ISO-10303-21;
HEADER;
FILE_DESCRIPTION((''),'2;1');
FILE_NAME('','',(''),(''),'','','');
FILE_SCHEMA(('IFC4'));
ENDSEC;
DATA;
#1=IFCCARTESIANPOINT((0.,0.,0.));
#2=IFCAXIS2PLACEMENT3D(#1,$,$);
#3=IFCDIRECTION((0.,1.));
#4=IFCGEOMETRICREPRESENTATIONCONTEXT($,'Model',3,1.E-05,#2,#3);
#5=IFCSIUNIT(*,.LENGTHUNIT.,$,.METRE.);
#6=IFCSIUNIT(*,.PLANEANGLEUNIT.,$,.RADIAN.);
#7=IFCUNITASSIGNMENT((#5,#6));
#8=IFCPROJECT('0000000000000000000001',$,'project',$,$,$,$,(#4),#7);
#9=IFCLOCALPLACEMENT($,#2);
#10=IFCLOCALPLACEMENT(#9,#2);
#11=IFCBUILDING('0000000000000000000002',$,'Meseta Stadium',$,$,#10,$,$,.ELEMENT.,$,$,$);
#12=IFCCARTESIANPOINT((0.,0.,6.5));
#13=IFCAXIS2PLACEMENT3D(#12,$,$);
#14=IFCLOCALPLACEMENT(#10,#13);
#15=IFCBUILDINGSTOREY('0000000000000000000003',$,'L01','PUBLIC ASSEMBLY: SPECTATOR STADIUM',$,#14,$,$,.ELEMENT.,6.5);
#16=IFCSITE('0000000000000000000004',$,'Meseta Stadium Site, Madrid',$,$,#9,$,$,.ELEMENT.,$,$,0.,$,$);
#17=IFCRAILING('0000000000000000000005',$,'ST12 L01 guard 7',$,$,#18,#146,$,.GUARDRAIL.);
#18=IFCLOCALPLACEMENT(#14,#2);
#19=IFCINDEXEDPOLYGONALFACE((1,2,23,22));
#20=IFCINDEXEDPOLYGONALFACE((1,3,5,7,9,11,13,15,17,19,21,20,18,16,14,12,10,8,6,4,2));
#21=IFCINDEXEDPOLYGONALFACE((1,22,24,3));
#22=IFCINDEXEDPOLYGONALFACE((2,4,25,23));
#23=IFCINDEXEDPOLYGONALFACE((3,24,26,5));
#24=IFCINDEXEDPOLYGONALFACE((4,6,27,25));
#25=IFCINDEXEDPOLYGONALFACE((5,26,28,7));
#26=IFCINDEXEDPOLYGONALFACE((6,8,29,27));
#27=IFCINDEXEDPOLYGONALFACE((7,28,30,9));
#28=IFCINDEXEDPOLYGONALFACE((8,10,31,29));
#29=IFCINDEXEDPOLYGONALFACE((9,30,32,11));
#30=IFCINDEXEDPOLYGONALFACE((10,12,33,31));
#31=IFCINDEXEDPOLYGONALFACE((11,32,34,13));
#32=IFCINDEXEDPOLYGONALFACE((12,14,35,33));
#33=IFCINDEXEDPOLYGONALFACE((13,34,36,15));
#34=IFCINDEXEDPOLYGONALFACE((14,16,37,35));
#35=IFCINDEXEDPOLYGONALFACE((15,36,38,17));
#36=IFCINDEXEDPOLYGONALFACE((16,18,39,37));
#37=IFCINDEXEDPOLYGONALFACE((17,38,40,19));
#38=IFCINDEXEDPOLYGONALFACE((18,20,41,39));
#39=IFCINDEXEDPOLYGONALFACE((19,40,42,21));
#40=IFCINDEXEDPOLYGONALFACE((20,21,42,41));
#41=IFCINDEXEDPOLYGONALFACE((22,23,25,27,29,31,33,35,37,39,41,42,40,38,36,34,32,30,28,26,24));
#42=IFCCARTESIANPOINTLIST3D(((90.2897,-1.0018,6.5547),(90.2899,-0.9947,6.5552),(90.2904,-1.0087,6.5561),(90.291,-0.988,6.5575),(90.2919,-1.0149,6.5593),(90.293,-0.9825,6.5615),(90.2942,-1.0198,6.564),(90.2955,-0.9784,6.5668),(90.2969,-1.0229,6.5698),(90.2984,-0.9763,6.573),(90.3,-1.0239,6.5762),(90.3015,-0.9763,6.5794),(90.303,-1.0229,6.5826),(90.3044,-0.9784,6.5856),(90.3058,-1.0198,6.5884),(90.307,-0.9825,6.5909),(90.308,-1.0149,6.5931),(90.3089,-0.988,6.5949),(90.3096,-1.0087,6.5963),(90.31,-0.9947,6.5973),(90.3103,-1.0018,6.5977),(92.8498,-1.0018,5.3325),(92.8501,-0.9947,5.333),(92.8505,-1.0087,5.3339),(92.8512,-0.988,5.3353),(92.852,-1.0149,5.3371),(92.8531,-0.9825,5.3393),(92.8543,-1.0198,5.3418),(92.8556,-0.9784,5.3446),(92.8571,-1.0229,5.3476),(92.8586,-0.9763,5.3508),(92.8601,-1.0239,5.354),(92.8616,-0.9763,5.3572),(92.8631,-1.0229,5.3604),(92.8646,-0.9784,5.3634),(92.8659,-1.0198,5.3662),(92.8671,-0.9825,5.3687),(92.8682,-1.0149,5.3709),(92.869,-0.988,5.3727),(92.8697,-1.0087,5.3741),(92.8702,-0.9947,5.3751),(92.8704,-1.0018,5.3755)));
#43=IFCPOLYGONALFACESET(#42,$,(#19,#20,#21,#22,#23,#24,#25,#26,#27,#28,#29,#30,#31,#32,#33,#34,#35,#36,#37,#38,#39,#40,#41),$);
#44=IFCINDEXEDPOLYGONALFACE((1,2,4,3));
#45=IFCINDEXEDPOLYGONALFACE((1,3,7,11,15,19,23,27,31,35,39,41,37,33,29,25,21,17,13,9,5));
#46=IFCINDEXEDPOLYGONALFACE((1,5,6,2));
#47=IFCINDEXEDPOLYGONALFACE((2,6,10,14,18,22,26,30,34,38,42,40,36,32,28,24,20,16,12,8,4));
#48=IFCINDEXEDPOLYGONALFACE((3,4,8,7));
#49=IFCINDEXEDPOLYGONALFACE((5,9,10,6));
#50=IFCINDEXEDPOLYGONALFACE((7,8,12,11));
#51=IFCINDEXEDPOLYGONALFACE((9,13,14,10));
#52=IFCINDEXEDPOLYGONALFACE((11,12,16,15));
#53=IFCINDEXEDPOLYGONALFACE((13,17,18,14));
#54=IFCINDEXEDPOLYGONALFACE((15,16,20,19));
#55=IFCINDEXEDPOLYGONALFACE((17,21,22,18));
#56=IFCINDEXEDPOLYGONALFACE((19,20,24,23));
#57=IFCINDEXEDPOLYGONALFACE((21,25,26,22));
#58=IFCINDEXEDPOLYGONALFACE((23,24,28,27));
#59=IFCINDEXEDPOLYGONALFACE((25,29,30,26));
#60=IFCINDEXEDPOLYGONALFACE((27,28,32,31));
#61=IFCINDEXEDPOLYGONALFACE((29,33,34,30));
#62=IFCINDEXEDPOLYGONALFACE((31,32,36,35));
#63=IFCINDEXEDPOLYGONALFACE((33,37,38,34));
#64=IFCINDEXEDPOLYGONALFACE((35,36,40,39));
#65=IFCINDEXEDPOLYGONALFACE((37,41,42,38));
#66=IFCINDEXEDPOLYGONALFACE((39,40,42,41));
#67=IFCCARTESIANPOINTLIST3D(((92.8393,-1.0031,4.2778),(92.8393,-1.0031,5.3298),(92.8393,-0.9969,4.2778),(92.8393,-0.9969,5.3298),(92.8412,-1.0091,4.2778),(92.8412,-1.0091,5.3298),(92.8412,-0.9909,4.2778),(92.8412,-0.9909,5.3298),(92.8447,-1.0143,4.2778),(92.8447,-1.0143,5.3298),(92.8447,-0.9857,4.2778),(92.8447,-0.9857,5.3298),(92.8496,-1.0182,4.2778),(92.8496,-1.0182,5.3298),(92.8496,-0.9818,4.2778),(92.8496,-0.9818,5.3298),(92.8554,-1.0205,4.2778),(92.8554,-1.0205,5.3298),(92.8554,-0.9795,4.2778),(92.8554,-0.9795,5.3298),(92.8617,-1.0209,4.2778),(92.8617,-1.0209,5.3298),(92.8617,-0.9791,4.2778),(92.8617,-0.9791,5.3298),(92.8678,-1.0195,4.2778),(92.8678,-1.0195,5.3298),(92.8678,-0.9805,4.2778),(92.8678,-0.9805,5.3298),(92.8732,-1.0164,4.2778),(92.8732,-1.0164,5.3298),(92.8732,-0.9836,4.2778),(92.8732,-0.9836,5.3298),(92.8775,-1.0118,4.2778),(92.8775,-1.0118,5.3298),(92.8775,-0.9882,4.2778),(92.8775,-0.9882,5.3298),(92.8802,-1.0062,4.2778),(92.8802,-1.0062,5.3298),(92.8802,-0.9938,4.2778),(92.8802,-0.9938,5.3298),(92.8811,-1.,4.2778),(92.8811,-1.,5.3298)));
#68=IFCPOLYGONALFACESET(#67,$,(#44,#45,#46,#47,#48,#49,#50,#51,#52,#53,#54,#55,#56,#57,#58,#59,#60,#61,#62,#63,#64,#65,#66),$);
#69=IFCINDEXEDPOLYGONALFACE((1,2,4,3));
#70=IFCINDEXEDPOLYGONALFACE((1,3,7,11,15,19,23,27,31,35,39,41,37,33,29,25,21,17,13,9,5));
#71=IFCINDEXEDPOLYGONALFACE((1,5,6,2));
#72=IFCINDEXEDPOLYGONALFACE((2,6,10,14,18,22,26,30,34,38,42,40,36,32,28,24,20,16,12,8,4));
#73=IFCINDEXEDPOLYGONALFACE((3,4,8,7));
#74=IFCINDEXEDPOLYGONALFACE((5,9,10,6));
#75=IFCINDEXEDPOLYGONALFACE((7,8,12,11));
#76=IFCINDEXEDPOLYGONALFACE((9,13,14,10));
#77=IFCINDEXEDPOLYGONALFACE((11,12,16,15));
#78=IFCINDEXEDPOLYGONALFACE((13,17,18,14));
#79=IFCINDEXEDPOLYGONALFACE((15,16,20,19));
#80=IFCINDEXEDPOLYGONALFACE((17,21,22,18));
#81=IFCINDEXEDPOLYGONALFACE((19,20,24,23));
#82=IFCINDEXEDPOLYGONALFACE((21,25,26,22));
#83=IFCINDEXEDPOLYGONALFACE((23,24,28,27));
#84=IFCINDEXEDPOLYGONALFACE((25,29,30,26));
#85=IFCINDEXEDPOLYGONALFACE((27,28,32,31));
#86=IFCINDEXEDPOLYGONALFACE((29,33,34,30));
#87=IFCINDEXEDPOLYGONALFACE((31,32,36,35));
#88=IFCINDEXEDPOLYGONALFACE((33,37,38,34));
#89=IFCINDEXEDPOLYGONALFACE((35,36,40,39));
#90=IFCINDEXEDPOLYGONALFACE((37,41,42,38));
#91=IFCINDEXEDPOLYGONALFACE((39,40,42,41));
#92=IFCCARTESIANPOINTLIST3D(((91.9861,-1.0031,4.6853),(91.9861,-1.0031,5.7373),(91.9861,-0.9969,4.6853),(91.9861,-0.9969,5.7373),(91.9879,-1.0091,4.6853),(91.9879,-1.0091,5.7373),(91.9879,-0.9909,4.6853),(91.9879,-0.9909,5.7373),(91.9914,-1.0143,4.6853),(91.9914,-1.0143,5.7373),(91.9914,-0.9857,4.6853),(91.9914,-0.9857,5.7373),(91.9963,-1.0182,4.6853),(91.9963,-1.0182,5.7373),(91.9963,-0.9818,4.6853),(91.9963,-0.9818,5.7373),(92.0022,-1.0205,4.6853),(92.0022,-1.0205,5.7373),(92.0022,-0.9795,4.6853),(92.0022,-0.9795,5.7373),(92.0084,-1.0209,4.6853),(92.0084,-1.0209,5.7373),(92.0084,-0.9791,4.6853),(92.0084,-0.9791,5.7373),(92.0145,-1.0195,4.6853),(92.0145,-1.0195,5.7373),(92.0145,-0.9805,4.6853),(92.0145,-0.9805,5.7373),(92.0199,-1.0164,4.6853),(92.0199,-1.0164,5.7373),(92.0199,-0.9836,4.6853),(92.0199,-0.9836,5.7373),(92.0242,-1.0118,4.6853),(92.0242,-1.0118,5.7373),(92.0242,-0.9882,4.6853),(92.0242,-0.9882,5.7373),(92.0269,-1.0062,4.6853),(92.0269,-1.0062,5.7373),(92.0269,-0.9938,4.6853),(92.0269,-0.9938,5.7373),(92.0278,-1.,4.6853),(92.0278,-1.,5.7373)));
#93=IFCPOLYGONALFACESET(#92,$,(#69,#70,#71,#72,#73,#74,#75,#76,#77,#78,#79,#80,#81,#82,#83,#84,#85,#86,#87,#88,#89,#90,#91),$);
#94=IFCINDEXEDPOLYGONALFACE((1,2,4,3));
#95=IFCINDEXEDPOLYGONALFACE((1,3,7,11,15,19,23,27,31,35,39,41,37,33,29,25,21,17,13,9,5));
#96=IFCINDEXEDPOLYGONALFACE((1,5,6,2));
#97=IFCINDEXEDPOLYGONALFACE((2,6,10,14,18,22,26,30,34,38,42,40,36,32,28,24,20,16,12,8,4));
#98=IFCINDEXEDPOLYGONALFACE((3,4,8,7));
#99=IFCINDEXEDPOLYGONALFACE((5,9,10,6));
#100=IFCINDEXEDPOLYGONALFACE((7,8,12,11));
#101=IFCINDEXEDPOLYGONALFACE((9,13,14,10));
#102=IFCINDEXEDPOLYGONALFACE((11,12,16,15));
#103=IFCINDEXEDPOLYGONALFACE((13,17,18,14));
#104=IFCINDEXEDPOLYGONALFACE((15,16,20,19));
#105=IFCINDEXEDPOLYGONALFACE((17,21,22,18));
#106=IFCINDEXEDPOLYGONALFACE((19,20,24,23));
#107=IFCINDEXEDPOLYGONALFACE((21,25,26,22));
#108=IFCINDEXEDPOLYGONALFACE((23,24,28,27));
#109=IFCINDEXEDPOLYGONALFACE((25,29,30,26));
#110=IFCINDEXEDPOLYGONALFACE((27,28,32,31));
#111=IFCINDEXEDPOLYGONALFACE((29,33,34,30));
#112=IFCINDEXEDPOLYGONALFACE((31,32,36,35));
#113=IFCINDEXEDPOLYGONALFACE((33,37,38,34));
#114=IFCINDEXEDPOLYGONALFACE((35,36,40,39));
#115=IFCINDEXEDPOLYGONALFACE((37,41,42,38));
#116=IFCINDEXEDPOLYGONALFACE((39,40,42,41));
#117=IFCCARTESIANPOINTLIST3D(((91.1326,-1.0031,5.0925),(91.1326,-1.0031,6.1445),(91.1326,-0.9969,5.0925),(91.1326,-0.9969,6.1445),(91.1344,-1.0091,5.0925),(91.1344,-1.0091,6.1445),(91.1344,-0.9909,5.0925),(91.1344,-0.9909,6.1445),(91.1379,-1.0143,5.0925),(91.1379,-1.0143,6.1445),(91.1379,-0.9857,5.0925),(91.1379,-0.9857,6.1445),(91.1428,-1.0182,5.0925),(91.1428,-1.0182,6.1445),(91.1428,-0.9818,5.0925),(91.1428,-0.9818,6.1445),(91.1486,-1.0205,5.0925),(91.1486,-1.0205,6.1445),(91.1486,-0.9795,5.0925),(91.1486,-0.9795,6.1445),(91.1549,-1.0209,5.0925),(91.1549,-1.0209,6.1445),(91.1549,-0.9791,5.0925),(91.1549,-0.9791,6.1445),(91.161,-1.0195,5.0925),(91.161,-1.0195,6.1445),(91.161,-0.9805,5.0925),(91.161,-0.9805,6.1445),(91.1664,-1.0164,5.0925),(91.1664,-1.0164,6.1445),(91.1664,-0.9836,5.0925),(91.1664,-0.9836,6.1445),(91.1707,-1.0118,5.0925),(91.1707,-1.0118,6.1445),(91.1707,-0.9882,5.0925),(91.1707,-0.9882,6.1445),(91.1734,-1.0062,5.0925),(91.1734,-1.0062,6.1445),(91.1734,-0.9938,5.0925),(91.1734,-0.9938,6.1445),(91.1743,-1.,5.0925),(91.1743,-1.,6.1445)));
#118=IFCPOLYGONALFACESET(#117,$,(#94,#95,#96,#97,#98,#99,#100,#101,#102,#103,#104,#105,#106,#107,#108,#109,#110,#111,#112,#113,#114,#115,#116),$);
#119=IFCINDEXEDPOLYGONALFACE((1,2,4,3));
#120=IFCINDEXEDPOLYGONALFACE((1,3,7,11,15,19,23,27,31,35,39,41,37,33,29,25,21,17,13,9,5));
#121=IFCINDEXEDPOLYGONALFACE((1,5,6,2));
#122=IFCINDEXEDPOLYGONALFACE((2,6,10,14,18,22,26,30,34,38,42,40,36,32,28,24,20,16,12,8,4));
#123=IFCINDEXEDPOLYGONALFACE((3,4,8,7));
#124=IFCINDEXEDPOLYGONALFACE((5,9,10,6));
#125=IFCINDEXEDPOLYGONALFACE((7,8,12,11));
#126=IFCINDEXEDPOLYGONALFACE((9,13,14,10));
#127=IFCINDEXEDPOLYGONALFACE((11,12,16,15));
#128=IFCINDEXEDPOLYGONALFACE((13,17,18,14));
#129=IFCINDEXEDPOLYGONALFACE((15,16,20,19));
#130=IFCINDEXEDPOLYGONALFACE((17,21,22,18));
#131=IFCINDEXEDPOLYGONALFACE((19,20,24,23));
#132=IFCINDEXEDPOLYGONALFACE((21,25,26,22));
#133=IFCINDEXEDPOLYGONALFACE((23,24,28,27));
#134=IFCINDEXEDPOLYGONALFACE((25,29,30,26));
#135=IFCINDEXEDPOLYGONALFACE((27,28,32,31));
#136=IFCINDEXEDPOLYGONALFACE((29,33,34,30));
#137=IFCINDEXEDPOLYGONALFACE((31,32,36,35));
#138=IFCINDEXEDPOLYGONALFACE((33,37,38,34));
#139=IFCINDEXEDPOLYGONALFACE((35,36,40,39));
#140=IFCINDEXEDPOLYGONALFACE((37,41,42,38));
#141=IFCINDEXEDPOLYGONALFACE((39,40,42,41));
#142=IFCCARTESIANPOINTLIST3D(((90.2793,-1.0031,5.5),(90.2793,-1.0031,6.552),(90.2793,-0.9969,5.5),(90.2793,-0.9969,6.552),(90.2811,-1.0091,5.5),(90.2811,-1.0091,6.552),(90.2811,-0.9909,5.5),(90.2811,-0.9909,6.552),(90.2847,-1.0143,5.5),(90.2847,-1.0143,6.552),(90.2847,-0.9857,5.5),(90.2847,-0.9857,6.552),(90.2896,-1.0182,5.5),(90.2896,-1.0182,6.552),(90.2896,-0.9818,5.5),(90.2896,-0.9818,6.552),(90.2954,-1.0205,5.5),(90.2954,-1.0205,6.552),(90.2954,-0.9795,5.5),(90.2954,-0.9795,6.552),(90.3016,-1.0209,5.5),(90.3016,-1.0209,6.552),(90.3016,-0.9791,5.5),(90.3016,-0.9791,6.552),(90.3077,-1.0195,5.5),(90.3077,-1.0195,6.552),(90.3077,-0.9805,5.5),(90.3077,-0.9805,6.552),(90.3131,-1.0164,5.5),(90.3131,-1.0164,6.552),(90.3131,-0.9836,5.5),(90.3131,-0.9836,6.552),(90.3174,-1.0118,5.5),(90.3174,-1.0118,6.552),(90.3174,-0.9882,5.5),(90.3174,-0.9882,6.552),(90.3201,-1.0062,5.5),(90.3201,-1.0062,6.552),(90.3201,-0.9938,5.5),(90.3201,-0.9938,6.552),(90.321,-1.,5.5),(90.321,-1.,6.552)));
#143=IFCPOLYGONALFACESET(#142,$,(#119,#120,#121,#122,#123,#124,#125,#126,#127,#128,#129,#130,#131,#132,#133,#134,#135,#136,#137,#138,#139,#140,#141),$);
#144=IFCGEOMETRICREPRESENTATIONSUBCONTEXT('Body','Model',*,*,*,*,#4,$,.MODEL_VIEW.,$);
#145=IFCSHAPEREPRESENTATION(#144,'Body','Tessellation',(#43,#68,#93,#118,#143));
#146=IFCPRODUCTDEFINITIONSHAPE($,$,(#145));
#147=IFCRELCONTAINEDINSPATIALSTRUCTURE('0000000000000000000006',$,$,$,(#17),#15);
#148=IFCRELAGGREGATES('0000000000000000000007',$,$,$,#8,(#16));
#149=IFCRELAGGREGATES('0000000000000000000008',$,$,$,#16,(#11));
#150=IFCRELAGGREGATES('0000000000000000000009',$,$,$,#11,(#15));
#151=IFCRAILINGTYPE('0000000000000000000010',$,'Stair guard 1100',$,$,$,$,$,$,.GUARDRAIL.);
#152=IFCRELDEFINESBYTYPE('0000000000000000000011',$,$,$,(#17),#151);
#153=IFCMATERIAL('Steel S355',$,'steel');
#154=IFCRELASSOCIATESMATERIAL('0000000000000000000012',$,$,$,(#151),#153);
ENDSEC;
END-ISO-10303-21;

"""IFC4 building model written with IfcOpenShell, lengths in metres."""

from ifc_helpers import new_model, si_unit, direction, frame, origin, origin_2d, place, context, subcontext, project, spatial, circle, extrude, material, type_object, element, save


model = new_model("IFC4")

# Units and contexts
model_context = context("Model", 3, precision=1e-05, world=origin(), true_north=direction((0.0, 1.0)))
body_context = subcontext(model_context, "Body", "Model", "MODEL_VIEW")
ifc_project = project(units=[si_unit("LENGTHUNIT", "METRE"), si_unit("PLANEANGLEUNIT", "RADIAN")], contexts=[model_context])

# Site, building, storey
site_placement = place(None, origin())
site = spatial("IfcSite", under=ifc_project, at=site_placement, Name="Meseta Stadium Site, Madrid", CompositionType="ELEMENT", RefElevation=0.0)
building_placement = place(site_placement, origin())
building = spatial("IfcBuilding", under=site, at=building_placement, Name="Meseta Stadium", CompositionType="ELEMENT")
storey_placement = place(building_placement, frame((0.0, 0.0, 6.5)))
storey = spatial("IfcBuildingStorey", under=building, at=storey_placement, Name="L01", Description="PUBLIC ASSEMBLY: SPECTATOR STADIUM", CompositionType="ELEMENT", Elevation=6.5)

# Railing
ifc_material_1 = material(Name="Steel S355", Category="steel")
railing_type_1 = type_object("IfcRailingType", Name="Stair guard 1100", PredefinedType="GUARDRAIL", material=ifc_material_1)
railing_1_placement = place(storey_placement, frame((92.8601, -1.0, 4.2778)))
element("IfcRailing", 1, at=railing_1_placement, inside=storey, type_object=railing_type_1, Name="ST12 L01 guard 7", PredefinedType="GUARDRAIL", context=body_context, shape_type="SweptSolid", body=[
    extrude(circle(Radius=0.0239, at=origin_2d()), frame((0.0, 0.0, 1.0762), z_axis=(-0.902437, 0.0, 0.430822), x_axis=(0.0, -1.0, 0.0)), (0.0, 0.0, 1.0), 2.8369),
    extrude(circle(Radius=0.021, at=origin_2d()), origin(), (0.0, 0.0, 1.0), 1.052),
    extrude(circle(Radius=0.021, at=origin_2d()), frame((-0.8533, 0.0, 0.4075)), (0.0, 0.0, 1.0), 1.052),
    extrude(circle(Radius=0.021, at=origin_2d()), frame((-1.7068, 0.0, 0.8147)), (0.0, 0.0, 1.0), 1.052),
    extrude(circle(Radius=0.021, at=origin_2d()), frame((-2.5601, 0.0, 1.2222)), (0.0, 0.0, 1.0), 1.052),
])

save(model, "model.ifc")
